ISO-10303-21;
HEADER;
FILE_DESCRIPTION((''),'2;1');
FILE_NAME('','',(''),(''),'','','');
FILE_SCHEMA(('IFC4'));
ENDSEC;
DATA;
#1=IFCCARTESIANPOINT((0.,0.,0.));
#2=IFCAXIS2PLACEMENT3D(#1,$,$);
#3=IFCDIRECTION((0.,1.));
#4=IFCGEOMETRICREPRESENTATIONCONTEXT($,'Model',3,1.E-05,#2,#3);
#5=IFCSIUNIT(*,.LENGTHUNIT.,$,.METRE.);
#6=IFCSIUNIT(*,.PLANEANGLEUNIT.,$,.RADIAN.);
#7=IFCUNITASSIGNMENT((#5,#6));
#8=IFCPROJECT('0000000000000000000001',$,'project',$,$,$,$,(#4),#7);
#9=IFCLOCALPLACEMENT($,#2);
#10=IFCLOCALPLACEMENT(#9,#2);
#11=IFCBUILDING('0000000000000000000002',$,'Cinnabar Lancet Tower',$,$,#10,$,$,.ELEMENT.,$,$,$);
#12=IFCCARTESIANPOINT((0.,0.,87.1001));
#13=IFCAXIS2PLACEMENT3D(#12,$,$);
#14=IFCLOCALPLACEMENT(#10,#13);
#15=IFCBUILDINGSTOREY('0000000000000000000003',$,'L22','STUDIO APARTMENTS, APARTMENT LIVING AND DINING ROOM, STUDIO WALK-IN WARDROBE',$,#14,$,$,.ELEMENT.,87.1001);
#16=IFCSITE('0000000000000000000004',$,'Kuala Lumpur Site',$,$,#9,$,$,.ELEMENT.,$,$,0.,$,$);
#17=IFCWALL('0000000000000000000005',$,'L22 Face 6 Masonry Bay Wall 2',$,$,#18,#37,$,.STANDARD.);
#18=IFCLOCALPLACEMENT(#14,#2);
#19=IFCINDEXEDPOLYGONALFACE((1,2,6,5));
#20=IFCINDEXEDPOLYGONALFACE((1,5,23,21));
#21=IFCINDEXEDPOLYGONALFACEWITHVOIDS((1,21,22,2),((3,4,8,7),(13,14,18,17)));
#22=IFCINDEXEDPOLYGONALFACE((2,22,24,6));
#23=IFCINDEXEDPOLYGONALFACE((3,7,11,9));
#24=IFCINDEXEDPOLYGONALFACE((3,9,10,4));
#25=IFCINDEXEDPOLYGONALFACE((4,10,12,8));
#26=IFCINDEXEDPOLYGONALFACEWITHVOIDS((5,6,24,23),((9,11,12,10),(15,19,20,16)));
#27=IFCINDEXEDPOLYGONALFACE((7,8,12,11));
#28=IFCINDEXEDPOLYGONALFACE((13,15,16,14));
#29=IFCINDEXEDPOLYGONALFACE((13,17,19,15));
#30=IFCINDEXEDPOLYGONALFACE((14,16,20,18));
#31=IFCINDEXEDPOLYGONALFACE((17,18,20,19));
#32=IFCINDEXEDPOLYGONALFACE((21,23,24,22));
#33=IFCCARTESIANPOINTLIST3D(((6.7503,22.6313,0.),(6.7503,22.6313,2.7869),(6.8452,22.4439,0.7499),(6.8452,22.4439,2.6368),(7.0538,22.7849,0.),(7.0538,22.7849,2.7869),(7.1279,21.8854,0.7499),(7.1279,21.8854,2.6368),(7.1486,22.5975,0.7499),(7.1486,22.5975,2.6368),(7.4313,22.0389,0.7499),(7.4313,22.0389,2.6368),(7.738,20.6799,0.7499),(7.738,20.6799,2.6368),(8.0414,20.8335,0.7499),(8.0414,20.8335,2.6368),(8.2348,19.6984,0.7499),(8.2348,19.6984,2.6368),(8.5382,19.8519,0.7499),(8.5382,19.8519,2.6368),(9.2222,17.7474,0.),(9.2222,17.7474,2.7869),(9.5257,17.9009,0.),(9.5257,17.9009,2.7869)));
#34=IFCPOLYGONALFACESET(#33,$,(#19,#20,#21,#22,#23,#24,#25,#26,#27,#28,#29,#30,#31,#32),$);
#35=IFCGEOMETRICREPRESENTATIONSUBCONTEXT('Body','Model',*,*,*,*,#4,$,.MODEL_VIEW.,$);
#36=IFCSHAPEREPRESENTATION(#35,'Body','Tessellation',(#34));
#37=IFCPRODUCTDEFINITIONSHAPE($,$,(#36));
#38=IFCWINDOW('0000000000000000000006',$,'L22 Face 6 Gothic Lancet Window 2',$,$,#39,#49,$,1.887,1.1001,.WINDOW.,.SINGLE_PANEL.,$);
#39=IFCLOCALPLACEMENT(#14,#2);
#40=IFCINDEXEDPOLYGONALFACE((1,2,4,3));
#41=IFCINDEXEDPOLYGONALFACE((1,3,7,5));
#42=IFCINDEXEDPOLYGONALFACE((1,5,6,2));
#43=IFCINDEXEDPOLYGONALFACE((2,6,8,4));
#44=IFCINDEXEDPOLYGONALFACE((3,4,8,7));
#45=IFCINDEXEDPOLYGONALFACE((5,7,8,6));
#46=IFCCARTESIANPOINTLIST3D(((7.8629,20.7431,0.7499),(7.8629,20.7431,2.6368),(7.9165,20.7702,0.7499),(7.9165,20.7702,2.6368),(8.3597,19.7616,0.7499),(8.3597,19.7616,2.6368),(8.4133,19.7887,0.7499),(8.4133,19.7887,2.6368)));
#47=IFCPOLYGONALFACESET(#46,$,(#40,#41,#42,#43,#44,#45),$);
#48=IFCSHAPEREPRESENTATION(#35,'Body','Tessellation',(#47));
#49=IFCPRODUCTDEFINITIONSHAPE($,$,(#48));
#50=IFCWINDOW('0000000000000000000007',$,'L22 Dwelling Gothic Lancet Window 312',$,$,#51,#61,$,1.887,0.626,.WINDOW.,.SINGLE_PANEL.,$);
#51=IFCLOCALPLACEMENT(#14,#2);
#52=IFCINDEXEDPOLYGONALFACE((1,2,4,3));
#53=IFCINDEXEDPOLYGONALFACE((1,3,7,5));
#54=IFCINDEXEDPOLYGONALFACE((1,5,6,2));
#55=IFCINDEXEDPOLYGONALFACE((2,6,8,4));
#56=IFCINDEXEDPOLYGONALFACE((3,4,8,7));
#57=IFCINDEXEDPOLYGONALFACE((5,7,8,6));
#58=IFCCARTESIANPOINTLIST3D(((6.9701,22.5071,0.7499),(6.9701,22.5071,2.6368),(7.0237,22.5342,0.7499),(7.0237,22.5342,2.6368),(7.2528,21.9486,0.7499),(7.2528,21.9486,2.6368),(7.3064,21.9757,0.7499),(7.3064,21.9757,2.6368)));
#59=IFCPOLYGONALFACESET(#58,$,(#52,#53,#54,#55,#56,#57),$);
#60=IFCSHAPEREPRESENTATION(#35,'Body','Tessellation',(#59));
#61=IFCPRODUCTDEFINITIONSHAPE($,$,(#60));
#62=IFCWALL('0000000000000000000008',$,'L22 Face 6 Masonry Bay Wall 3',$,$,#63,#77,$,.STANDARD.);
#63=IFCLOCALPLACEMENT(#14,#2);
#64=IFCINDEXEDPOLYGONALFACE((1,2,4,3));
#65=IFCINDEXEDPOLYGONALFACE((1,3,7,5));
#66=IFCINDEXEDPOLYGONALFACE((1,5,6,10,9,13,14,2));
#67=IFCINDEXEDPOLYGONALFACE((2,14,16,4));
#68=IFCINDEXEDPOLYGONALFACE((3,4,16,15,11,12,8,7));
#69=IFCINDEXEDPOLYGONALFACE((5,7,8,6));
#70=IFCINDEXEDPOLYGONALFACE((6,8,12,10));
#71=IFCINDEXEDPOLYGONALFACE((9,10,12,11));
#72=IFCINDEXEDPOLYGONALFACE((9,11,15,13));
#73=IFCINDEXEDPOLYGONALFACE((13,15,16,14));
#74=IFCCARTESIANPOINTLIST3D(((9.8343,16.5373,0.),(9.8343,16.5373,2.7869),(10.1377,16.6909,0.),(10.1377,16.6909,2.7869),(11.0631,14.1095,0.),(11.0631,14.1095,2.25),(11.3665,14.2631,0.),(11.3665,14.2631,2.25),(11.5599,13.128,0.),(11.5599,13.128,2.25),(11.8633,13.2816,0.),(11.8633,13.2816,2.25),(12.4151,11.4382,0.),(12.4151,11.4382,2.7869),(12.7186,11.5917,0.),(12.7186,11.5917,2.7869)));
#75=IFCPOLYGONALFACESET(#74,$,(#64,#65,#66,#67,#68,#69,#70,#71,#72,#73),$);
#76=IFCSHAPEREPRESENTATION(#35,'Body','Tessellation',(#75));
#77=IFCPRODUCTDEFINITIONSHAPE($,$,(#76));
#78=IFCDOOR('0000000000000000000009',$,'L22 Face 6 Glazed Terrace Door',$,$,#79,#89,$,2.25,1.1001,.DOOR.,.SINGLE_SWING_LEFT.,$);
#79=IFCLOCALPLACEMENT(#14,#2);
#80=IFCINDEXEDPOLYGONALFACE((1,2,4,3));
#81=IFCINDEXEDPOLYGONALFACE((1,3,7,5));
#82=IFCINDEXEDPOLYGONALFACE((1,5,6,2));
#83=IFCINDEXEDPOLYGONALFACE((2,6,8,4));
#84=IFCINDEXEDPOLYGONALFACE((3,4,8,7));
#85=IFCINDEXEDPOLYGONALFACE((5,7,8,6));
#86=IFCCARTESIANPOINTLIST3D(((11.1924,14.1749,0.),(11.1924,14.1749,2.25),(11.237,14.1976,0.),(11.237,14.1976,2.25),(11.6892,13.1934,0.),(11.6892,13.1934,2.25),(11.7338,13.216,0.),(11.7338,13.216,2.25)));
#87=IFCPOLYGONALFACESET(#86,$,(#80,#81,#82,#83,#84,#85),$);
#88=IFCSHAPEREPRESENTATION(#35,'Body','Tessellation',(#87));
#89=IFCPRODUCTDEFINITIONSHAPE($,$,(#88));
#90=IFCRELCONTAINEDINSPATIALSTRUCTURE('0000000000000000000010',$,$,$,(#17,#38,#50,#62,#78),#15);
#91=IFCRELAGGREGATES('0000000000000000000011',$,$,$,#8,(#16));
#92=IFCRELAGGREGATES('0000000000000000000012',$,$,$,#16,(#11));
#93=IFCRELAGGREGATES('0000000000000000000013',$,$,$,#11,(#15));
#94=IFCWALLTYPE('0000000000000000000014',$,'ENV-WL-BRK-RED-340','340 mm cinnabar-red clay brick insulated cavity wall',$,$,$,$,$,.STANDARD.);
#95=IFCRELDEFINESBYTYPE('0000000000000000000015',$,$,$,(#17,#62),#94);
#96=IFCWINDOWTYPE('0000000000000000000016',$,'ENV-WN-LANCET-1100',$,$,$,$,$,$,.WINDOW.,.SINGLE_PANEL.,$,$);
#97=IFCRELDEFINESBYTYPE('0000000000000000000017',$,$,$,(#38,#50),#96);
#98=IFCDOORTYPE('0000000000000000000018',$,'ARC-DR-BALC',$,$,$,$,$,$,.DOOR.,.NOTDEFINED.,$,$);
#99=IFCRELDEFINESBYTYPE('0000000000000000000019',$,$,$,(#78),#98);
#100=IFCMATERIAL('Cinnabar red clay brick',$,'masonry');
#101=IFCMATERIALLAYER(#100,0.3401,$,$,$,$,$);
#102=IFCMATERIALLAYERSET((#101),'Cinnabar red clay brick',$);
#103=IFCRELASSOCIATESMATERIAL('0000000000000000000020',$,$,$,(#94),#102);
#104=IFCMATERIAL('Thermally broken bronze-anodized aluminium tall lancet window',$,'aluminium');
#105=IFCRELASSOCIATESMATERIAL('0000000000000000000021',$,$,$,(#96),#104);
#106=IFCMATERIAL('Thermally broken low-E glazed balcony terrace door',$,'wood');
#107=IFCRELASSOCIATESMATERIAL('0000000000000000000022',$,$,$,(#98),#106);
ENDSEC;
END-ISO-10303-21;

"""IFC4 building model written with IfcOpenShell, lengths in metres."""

from ifc_helpers import new_model, si_unit, direction, frame, frame_2d, origin, place, context, subcontext, project, spatial, rectangle, extrude, material, layer, layer_set, type_object, element, fill, save


model = new_model("IFC4")

# Units and contexts
model_context = context("Model", 3, precision=1e-05, world=origin(), true_north=direction((0.0, 1.0)))
body_context = subcontext(model_context, "Body", "Model", "MODEL_VIEW")
ifc_project = project(units=[si_unit("LENGTHUNIT", "METRE"), si_unit("PLANEANGLEUNIT", "RADIAN")], contexts=[model_context])

# Site, building, storey
site_placement = place(None, origin())
site = spatial("IfcSite", under=ifc_project, at=site_placement, Name="Kuala Lumpur Site", CompositionType="ELEMENT", RefElevation=0.0)
building_placement = place(site_placement, origin())
building = spatial("IfcBuilding", under=site, at=building_placement, Name="Cinnabar Lancet Tower", CompositionType="ELEMENT")
storey_placement = place(building_placement, frame((0.0, 0.0, 87.1001)))
storey = spatial("IfcBuildingStorey", under=building, at=storey_placement, Name="L22", Description="STUDIO APARTMENTS, APARTMENT LIVING AND DINING ROOM, STUDIO WALK-IN WARDROBE", CompositionType="ELEMENT", Elevation=87.1001)

# Wall, openings, windows
ifc_material_1 = material(Name="Cinnabar red clay brick", Category="masonry")
ifc_layer_1 = layer(ifc_material_1, 0.3401)
ifc_layer_set_1 = layer_set([ifc_layer_1], Name="Cinnabar red clay brick")
wall_type_1 = type_object("IfcWallType", Name="ENV-WL-BRK-RED-340", Description="340 mm cinnabar-red clay brick insulated cavity wall", PredefinedType="STANDARD", material=ifc_layer_set_1)
wall_1_placement = place(storey_placement, frame((6.9021, 22.708, 0.0), z_axis=(0.0, 0.0, 1.0), x_axis=(0.451579, -0.892231, 0.0)))
wall_1 = element("IfcWall", 1, at=wall_1_placement, inside=storey, type_object=wall_type_1, Name="L22 Face 6 Masonry Bay Wall 2", PredefinedType="STANDARD", context=body_context, shape_type="SweptSolid", body=[
    extrude(rectangle(XDim=5.4739, YDim=0.3401, at=frame_2d((2.7368, 0.0))), origin(), (0.0, 0.0, 1.0), 2.7869),
])
opening_1_placement = place(wall_1_placement, frame((2.187, 0.0, 0.75)))
opening_1 = element("IfcOpeningElement", 2, at=opening_1_placement, cuts=wall_1, PredefinedType="OPENING", context=body_context, shape_type="SweptSolid", body=[
    extrude(rectangle(XDim=1.1001, YDim=1.887, at=frame_2d((0.55, 0.9434))), frame((0.0, 0.1799, 0.0), z_axis=(0.0, -1.0, 0.0), x_axis=(1.0, 0.0, 0.0)), (0.0, 0.0, 1.0), 0.3601),
])
opening_2_placement = place(wall_1_placement, frame((0.21, 0.0, 0.75)))
opening_2 = element("IfcOpeningElement", 3, at=opening_2_placement, cuts=wall_1, PredefinedType="OPENING", context=body_context, shape_type="SweptSolid", body=[
    extrude(rectangle(XDim=0.626, YDim=1.887, at=frame_2d((0.313, 0.9434))), frame((0.0, 0.1799, 0.0), z_axis=(0.0, -1.0, 0.0), x_axis=(1.0, 0.0, 0.0)), (0.0, 0.0, 1.0), 0.3601),
])
ifc_material_2 = material(Name="Thermally broken bronze-anodized aluminium tall lancet window", Category="aluminium")
window_type = type_object("IfcWindowType", Name="ENV-WN-LANCET-1100", PartitioningType="SINGLE_PANEL", PredefinedType="WINDOW", material=ifc_material_2)
window_1_placement = place(opening_1_placement, origin())
window_1 = element("IfcWindow", 4, at=window_1_placement, inside=storey, type_object=window_type, Name="L22 Face 6 Gothic Lancet Window 2", OverallHeight=1.887, OverallWidth=1.1001, PartitioningType="SINGLE_PANEL", PredefinedType="WINDOW", context=body_context, shape_type="SweptSolid", body=[
    extrude(rectangle(XDim=1.1001, YDim=1.887, at=frame_2d((0.55, 0.9434))), frame((0.0, 0.03, 0.0), z_axis=(0.0, -1.0, 0.0), x_axis=(1.0, 0.0, 0.0)), (0.0, 0.0, 1.0), 0.0601),
])
fill(opening_1, window_1)
window_2_placement = place(opening_2_placement, origin())
window_2 = element("IfcWindow", 5, at=window_2_placement, inside=storey, type_object=window_type, Name="L22 Dwelling Gothic Lancet Window 312", OverallHeight=1.887, OverallWidth=0.626, PartitioningType="SINGLE_PANEL", PredefinedType="WINDOW", context=body_context, shape_type="SweptSolid", body=[
    extrude(rectangle(XDim=0.626, YDim=1.887, at=frame_2d((0.313, 0.9434))), frame((0.0, 0.03, 0.0), z_axis=(0.0, -1.0, 0.0), x_axis=(1.0, 0.0, 0.0)), (0.0, 0.0, 1.0), 0.0601),
])
fill(opening_2, window_2)

# Wall, opening, door
wall_2_placement = place(storey_placement, frame((9.9861, 16.614, 0.0), z_axis=(0.0, 0.0, 1.0), x_axis=(0.451583, -0.892229, 0.0)))
wall_2 = element("IfcWall", 6, at=wall_2_placement, inside=storey, type_object=wall_type_1, Name="L22 Face 6 Masonry Bay Wall 3", PredefinedType="STANDARD", context=body_context, shape_type="SweptSolid", body=[
    extrude(rectangle(XDim=5.7151, YDim=0.3401, at=frame_2d((2.8574, 0.0))), origin(), (0.0, 0.0, 1.0), 2.7869),
])
opening_3_placement = place(wall_2_placement, frame((2.7209, 0.0, 0.0)))
opening_3 = element("IfcOpeningElement", 7, at=opening_3_placement, cuts=wall_2, PredefinedType="OPENING", context=body_context, shape_type="SweptSolid", body=[
    extrude(rectangle(XDim=1.1001, YDim=2.25, at=frame_2d((0.55, 1.125))), frame((0.0, 0.1799, 0.0), z_axis=(0.0, -1.0, 0.0), x_axis=(1.0, 0.0, 0.0)), (0.0, 0.0, 1.0), 0.3601),
])
ifc_material_3 = material(Name="Thermally broken low-E glazed balcony terrace door", Category="wood")
door_type_1 = type_object("IfcDoorType", Name="ARC-DR-BALC", OperationType="NOTDEFINED", PredefinedType="DOOR", material=ifc_material_3)
door_1_placement = place(opening_3_placement, origin())
door_1 = element("IfcDoor", 8, at=door_1_placement, inside=storey, type_object=door_type_1, Name="L22 Face 6 Glazed Terrace Door", OperationType="SINGLE_SWING_LEFT", OverallHeight=2.25, OverallWidth=1.1001, PredefinedType="DOOR", context=body_context, shape_type="SweptSolid", body=[
    extrude(rectangle(XDim=1.1001, YDim=2.25, at=frame_2d((0.55, 1.125))), frame((0.0, 0.0249, 0.0), z_axis=(0.0, -1.0, 0.0), x_axis=(1.0, 0.0, 0.0)), (0.0, 0.0, 1.0), 0.05),
])
fill(opening_3, door_1)

save(model, "model.ifc")
